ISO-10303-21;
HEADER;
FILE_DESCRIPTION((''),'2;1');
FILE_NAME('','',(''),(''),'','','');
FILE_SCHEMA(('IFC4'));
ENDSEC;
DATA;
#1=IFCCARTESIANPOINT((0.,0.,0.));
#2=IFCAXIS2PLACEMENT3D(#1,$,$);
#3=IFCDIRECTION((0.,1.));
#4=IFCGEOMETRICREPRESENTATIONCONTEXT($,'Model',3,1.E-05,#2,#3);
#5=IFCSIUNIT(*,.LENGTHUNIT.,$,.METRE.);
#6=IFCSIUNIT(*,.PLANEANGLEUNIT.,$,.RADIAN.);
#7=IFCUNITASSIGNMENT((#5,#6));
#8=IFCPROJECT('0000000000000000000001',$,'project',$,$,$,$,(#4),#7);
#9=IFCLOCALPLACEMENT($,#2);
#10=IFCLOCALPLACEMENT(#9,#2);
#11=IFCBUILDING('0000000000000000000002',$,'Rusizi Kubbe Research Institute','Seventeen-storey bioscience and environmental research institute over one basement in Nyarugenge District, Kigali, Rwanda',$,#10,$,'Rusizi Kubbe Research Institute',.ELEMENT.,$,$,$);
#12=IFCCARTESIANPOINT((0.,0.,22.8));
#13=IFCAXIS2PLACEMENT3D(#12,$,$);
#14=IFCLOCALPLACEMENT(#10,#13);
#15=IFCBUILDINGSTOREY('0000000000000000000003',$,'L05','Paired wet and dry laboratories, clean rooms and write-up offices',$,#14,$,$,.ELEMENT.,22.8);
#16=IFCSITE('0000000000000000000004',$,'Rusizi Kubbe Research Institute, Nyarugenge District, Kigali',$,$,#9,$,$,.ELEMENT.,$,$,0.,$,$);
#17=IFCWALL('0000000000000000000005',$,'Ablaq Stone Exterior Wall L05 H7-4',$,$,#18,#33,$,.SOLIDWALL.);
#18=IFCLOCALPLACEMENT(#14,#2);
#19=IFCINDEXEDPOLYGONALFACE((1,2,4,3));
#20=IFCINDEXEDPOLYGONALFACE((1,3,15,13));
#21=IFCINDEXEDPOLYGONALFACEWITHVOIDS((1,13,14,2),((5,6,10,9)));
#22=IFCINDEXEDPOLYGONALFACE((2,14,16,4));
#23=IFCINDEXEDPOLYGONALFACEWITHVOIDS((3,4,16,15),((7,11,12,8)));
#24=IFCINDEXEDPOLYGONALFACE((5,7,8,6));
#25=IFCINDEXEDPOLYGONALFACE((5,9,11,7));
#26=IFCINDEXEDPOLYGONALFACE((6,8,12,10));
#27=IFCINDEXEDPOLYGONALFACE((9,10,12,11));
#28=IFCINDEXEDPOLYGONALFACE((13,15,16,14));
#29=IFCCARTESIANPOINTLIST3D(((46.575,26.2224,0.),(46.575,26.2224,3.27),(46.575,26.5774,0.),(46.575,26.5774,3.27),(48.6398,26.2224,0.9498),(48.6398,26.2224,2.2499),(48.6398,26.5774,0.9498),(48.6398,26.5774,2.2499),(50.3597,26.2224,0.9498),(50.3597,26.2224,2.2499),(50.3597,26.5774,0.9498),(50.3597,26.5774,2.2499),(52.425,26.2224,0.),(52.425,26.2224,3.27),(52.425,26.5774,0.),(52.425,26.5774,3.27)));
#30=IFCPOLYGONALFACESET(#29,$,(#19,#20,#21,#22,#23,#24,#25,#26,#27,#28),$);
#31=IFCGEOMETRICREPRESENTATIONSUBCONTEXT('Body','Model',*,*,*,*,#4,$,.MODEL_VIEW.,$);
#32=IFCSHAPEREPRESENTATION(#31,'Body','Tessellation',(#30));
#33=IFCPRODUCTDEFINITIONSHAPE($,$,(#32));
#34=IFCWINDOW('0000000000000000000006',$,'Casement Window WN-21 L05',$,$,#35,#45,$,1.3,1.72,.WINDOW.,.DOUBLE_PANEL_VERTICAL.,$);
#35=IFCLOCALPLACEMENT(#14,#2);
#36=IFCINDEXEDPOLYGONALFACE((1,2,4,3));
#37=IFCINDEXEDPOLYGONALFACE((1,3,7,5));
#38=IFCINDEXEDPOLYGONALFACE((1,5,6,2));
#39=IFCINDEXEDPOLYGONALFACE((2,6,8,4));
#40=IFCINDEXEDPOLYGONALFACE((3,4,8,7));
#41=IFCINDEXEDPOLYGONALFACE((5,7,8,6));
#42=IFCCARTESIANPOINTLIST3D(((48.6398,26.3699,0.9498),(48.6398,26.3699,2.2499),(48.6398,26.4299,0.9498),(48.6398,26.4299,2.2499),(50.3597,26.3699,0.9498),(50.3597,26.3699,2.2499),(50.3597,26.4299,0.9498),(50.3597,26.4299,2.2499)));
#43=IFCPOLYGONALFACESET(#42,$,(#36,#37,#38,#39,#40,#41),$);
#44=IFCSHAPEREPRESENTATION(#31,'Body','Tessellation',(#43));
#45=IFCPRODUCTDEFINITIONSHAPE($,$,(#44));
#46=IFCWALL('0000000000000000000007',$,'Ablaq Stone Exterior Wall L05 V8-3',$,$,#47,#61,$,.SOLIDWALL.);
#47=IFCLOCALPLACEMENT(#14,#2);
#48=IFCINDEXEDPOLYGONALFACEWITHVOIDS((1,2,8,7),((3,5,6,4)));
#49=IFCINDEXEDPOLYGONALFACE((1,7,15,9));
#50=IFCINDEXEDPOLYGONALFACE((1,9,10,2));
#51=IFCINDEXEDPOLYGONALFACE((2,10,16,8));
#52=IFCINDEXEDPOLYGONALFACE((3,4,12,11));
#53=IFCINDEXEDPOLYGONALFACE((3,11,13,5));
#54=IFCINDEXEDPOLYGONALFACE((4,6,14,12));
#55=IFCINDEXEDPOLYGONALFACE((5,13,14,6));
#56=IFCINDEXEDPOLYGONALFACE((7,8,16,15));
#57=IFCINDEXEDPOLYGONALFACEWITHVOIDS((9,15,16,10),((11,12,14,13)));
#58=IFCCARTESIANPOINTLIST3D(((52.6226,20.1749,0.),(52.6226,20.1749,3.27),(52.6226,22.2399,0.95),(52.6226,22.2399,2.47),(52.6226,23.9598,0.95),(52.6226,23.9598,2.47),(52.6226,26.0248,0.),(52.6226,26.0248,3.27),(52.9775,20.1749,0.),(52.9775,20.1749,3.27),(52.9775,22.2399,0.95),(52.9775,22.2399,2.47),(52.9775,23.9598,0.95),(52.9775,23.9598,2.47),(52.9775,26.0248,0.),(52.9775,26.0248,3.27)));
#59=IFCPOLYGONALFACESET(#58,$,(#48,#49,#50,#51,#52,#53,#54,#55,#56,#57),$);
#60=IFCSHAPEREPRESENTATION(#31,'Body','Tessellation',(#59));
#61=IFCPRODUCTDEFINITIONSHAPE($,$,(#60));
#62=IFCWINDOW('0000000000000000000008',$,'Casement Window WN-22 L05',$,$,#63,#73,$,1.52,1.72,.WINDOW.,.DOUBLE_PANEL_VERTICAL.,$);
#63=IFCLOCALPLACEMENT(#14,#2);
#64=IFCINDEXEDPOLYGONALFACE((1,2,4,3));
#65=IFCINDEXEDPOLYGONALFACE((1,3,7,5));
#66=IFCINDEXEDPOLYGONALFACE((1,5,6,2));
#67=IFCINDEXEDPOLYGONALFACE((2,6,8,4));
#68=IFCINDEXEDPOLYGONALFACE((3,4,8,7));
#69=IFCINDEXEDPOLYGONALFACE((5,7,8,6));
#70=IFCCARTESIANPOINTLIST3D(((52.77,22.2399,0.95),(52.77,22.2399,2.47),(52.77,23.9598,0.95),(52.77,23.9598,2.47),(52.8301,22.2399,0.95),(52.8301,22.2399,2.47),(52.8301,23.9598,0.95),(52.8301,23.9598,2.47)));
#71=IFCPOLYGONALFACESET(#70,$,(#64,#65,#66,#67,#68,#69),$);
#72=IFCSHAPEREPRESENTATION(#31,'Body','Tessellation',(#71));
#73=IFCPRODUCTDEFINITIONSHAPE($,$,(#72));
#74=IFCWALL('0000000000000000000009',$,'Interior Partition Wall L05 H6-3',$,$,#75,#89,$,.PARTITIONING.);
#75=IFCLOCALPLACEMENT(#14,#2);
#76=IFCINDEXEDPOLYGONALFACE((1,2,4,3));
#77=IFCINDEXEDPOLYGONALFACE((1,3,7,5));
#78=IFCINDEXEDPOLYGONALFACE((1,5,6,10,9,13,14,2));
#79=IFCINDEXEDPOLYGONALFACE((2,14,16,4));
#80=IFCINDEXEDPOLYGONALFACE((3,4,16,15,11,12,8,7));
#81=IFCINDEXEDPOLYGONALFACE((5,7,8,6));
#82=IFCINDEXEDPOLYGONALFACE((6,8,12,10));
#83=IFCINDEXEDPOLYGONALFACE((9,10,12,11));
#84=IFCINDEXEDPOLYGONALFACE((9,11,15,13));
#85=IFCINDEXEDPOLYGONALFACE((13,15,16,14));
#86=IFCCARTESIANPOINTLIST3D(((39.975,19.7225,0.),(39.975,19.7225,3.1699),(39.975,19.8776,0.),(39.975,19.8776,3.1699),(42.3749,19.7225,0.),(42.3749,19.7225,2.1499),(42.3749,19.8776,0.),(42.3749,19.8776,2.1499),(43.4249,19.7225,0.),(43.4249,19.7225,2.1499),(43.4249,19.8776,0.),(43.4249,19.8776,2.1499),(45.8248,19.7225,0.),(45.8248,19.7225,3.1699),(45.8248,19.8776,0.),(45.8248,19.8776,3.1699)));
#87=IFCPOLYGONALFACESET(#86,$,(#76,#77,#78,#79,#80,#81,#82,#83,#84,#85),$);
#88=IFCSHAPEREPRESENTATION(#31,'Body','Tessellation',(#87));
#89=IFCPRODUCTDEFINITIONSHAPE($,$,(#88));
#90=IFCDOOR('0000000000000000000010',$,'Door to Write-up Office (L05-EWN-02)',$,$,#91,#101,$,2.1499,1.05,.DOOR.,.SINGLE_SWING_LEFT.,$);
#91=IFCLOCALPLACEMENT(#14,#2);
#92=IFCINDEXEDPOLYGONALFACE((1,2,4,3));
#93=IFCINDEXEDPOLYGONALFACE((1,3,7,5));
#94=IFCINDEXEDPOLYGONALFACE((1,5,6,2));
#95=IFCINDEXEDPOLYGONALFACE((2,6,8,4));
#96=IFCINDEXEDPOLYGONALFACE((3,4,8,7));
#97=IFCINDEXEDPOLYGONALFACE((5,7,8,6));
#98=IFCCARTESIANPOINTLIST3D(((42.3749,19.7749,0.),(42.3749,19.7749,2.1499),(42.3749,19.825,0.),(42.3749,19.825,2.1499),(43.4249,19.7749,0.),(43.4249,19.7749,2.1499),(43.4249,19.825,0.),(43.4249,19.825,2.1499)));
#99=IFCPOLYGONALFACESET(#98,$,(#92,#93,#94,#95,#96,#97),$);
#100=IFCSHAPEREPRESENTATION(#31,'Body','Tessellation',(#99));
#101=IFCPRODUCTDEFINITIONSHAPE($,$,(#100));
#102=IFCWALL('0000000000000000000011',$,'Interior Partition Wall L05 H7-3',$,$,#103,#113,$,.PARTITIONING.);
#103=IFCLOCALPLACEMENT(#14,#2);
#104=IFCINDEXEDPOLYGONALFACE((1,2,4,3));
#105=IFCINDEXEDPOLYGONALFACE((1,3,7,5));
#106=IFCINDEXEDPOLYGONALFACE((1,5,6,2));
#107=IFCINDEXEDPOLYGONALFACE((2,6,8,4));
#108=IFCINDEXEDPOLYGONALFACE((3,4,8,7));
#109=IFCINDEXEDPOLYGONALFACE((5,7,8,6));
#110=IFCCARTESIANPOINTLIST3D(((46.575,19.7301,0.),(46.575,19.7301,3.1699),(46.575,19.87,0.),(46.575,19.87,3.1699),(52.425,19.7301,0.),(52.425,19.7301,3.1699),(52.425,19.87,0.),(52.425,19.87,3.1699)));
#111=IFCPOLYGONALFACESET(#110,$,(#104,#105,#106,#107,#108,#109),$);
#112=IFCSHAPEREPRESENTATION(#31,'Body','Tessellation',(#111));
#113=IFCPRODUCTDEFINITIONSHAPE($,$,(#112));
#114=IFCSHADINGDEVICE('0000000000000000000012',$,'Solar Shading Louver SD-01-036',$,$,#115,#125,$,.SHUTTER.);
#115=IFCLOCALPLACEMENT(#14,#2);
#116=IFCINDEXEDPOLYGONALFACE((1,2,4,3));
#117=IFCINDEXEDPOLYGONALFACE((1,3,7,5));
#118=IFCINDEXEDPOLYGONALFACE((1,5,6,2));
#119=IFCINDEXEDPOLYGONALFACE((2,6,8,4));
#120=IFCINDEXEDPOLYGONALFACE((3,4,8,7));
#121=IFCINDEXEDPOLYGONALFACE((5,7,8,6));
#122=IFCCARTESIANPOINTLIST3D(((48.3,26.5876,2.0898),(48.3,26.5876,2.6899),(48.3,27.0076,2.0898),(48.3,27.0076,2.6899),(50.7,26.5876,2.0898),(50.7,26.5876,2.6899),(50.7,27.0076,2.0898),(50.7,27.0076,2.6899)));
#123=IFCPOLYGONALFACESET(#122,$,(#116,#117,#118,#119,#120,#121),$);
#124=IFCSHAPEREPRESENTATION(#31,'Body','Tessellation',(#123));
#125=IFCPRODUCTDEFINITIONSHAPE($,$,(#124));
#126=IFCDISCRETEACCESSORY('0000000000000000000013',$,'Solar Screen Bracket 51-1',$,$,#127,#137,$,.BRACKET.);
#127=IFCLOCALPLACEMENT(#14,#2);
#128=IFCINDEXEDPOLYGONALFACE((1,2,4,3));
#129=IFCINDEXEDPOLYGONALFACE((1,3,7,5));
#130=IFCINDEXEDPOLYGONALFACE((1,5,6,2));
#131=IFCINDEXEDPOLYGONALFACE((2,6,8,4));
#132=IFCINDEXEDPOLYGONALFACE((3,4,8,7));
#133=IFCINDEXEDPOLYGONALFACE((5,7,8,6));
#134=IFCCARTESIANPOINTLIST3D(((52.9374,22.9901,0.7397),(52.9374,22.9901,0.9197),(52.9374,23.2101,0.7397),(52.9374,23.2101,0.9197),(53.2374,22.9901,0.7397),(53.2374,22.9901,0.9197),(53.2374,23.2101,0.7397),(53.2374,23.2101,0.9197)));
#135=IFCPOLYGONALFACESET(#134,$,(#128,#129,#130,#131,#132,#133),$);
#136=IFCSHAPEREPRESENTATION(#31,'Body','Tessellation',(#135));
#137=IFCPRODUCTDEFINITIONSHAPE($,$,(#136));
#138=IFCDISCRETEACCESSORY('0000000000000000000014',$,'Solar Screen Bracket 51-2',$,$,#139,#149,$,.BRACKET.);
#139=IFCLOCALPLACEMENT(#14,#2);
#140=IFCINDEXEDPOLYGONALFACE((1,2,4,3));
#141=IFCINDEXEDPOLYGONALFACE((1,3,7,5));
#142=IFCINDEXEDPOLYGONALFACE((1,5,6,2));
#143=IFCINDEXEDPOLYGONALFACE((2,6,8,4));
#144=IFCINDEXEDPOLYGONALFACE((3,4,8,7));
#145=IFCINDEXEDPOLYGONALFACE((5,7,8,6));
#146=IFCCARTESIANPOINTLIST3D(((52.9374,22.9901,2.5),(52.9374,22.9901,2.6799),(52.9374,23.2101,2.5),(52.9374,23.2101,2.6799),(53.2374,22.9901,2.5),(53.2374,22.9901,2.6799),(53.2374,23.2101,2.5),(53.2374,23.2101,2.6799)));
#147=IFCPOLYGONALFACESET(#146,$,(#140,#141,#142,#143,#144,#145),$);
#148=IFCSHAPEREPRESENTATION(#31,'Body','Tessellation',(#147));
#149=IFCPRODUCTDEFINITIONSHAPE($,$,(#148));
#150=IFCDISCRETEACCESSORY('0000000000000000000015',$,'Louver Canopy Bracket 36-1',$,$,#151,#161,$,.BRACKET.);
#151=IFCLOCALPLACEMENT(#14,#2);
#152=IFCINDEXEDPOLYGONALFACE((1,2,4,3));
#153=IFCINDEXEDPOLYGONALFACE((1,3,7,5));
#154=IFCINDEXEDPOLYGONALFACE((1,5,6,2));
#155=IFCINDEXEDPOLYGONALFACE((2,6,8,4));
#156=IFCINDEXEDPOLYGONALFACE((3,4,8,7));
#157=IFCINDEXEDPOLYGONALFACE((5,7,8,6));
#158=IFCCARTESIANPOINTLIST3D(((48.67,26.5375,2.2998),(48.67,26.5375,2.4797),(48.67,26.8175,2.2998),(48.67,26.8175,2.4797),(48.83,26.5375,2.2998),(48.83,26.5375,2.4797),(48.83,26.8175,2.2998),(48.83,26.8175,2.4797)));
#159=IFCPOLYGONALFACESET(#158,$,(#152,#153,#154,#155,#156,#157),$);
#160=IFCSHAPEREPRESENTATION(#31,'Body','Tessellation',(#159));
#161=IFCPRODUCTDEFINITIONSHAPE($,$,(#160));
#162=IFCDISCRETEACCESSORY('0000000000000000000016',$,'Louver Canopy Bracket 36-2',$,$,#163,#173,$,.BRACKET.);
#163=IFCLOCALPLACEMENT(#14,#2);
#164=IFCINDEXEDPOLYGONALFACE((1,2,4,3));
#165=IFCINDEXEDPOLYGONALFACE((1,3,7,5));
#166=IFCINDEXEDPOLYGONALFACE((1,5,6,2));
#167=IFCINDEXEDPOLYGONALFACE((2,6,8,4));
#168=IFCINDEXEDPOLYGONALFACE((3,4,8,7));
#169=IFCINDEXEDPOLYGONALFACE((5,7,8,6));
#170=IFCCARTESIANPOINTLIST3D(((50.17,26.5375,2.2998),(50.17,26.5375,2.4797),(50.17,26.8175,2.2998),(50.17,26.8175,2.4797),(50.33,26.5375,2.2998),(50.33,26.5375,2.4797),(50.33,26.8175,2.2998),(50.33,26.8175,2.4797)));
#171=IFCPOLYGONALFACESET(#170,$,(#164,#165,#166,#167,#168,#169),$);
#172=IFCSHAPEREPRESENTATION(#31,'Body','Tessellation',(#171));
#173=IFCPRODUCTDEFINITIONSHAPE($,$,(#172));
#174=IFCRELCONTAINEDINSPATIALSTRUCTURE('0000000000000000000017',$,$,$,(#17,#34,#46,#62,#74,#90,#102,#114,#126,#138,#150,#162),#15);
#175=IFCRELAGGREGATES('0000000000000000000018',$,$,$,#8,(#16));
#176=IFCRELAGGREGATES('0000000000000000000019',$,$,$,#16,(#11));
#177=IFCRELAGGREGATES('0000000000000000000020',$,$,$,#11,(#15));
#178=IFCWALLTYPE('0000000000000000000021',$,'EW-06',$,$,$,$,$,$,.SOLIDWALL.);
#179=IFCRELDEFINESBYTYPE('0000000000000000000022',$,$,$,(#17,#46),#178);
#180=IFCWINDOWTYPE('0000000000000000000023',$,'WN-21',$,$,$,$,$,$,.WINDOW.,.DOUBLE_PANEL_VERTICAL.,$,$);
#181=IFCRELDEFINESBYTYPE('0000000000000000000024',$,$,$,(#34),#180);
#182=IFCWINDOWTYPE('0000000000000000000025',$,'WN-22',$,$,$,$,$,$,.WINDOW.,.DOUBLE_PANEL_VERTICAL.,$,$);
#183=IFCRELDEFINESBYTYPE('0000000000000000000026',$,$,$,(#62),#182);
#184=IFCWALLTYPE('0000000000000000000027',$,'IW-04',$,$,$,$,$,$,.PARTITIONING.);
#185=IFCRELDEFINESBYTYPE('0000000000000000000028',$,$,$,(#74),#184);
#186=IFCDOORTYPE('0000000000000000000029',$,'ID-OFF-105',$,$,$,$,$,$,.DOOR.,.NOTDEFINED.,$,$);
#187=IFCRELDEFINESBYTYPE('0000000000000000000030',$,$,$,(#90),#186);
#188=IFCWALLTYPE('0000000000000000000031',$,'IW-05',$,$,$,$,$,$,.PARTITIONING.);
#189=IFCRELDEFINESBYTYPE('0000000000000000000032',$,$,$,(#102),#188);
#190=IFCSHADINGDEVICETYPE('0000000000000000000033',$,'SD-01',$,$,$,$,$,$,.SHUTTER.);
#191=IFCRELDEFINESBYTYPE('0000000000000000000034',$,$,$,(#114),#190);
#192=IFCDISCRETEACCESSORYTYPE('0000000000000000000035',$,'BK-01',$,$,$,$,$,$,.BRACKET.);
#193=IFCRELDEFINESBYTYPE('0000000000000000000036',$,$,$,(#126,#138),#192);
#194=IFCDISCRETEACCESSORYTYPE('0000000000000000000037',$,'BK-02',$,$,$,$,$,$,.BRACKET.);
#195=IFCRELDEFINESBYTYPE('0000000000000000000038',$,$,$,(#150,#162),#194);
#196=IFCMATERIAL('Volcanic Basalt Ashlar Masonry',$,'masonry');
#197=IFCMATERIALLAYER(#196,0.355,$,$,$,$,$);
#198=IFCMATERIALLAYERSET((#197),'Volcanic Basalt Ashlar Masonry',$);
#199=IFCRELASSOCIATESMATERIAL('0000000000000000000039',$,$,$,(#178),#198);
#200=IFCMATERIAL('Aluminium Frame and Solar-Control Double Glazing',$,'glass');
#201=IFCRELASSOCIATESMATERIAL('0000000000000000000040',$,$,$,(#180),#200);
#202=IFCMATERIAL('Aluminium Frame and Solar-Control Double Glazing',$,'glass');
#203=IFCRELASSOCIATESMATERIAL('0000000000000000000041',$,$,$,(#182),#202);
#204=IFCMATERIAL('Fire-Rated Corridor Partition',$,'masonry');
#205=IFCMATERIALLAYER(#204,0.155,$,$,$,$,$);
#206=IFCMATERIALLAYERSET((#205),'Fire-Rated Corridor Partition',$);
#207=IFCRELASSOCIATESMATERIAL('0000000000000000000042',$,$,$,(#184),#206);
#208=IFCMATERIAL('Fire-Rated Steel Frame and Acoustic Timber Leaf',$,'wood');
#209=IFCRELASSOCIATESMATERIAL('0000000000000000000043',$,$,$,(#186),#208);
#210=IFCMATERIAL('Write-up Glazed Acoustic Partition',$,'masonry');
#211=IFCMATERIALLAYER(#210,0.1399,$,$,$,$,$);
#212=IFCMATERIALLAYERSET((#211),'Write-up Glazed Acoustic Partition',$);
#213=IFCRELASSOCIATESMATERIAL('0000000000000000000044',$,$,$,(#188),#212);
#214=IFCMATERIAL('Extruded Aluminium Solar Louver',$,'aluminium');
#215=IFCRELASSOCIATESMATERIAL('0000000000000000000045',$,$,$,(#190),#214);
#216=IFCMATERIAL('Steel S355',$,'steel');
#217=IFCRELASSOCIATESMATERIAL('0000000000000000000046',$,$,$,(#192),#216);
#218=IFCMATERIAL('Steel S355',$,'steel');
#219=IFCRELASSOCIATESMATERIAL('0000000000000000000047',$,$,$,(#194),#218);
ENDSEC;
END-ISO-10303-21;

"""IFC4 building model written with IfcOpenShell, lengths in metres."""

from ifc_helpers import new_model, si_unit, direction, frame, frame_2d, origin, origin_2d, place, context, subcontext, project, spatial, rectangle, extrude, material, layer, layer_set, type_object, element, fill, save


model = new_model("IFC4")

# Units and contexts
model_context = context("Model", 3, precision=1e-05, world=origin(), true_north=direction((0.0, 1.0)))
body_context = subcontext(model_context, "Body", "Model", "MODEL_VIEW")
ifc_project = project(units=[si_unit("LENGTHUNIT", "METRE"), si_unit("PLANEANGLEUNIT", "RADIAN")], contexts=[model_context])

# Site, building, storey
site_placement = place(None, origin())
site = spatial("IfcSite", under=ifc_project, at=site_placement, Name="Rusizi Kubbe Research Institute, Nyarugenge District, Kigali", CompositionType="ELEMENT", RefElevation=0.0)
building_placement = place(site_placement, origin())
building = spatial("IfcBuilding", under=site, at=building_placement, Name="Rusizi Kubbe Research Institute", Description="Seventeen-storey bioscience and environmental research institute over one basement in Nyarugenge District, Kigali, Rwanda", LongName="Rusizi Kubbe Research Institute", CompositionType="ELEMENT")
storey_placement = place(building_placement, frame((0.0, 0.0, 22.8)))
storey = spatial("IfcBuildingStorey", under=building, at=storey_placement, Name="L05", Description="Paired wet and dry laboratories, clean rooms and write-up offices", CompositionType="ELEMENT", Elevation=22.8)

# Walls, openings, windows
ifc_material_1 = material(Name="Volcanic Basalt Ashlar Masonry", Category="masonry")
ifc_layer_1 = layer(ifc_material_1, 0.355)
ifc_layer_set_1 = layer_set([ifc_layer_1], Name="Volcanic Basalt Ashlar Masonry")
wall_type_1 = type_object("IfcWallType", Name="EW-06", PredefinedType="SOLIDWALL", material=ifc_layer_set_1)
wall_1_placement = place(storey_placement, frame((46.575, 26.3999, 0.0), z_axis=(0.0, 0.0, 1.0), x_axis=(1.0, 0.0, 0.0)))
wall_1 = element("IfcWall", 1, at=wall_1_placement, inside=storey, type_object=wall_type_1, Name="Ablaq Stone Exterior Wall L05 H7-4", PredefinedType="SOLIDWALL", context=body_context, shape_type="SweptSolid", body=[
    extrude(rectangle(XDim=5.8501, YDim=0.355, at=frame_2d((2.925, 0.0))), origin(), (0.0, 0.0, 1.0), 3.27),
])
opening_1_placement = place(wall_1_placement, frame((2.0649, 0.0, 0.95)))
opening_1 = element("IfcOpeningElement", 2, at=opening_1_placement, cuts=wall_1, PredefinedType="OPENING", context=body_context, shape_type="SweptSolid", body=[
    extrude(rectangle(XDim=1.72, YDim=1.3, at=frame_2d((0.8599, 0.6499))), frame((0.0, 0.1875, 0.0), z_axis=(0.0, -1.0, 0.0), x_axis=(1.0, 0.0, 0.0)), (0.0, 0.0, 1.0), 0.375),
])
ifc_material_2 = material(Name="Aluminium Frame and Solar-Control Double Glazing", Category="glass")
window_type_1 = type_object("IfcWindowType", Name="WN-21", PartitioningType="DOUBLE_PANEL_VERTICAL", PredefinedType="WINDOW", material=ifc_material_2)
window_1_placement = place(opening_1_placement, origin())
window_1 = element("IfcWindow", 3, at=window_1_placement, inside=storey, type_object=window_type_1, Name="Casement Window WN-21 L05", OverallHeight=1.3, OverallWidth=1.72, PartitioningType="DOUBLE_PANEL_VERTICAL", PredefinedType="WINDOW", context=body_context, shape_type="SweptSolid", body=[
    extrude(rectangle(XDim=1.72, YDim=1.3, at=frame_2d((0.8599, 0.6499))), frame((0.0, 0.03, 0.0), z_axis=(0.0, -1.0, 0.0), x_axis=(1.0, 0.0, 0.0)), (0.0, 0.0, 1.0), 0.0601),
])
fill(opening_1, window_1)
wall_2_placement = place(storey_placement, frame((52.8, 20.175, 0.0), z_axis=(0.0, 0.0, 1.0), x_axis=(0.0, 1.0, 0.0)))
wall_2 = element("IfcWall", 4, at=wall_2_placement, inside=storey, type_object=wall_type_1, Name="Ablaq Stone Exterior Wall L05 V8-3", PredefinedType="SOLIDWALL", context=body_context, shape_type="SweptSolid", body=[
    extrude(rectangle(XDim=5.8499, YDim=0.355, at=frame_2d((2.9248, 0.0))), origin(), (0.0, 0.0, 1.0), 3.27),
])
opening_2_placement = place(wall_2_placement, frame((2.0649, 0.0, 0.95)))
opening_2 = element("IfcOpeningElement", 5, at=opening_2_placement, cuts=wall_2, PredefinedType="OPENING", context=body_context, shape_type="SweptSolid", body=[
    extrude(rectangle(XDim=1.72, YDim=1.52, at=frame_2d((0.8599, 0.76))), frame((0.0, 0.1875, 0.0), z_axis=(0.0, -1.0, 0.0), x_axis=(1.0, 0.0, 0.0)), (0.0, 0.0, 1.0), 0.375),
])
ifc_material_3 = material(Name="Aluminium Frame and Solar-Control Double Glazing", Category="glass")
window_type_2 = type_object("IfcWindowType", Name="WN-22", PartitioningType="DOUBLE_PANEL_VERTICAL", PredefinedType="WINDOW", material=ifc_material_3)
window_2_placement = place(opening_2_placement, origin())
window_2 = element("IfcWindow", 6, at=window_2_placement, inside=storey, type_object=window_type_2, Name="Casement Window WN-22 L05", OverallHeight=1.52, OverallWidth=1.72, PartitioningType="DOUBLE_PANEL_VERTICAL", PredefinedType="WINDOW", context=body_context, shape_type="SweptSolid", body=[
    extrude(rectangle(XDim=1.72, YDim=1.52, at=frame_2d((0.8599, 0.76))), frame((0.0, 0.03, 0.0), z_axis=(0.0, -1.0, 0.0), x_axis=(1.0, 0.0, 0.0)), (0.0, 0.0, 1.0), 0.0601),
])
fill(opening_2, window_2)

# Wall, opening, door
ifc_material_4 = material(Name="Fire-Rated Corridor Partition", Category="masonry")
ifc_layer_2 = layer(ifc_material_4, 0.155)
ifc_layer_set_2 = layer_set([ifc_layer_2], Name="Fire-Rated Corridor Partition")
wall_type_2 = type_object("IfcWallType", Name="IW-04", PredefinedType="PARTITIONING", material=ifc_layer_set_2)
wall_3_placement = place(storey_placement, frame((39.9751, 19.8, 0.0), z_axis=(0.0, 0.0, 1.0), x_axis=(1.0, 0.0, 0.0)))
wall_3 = element("IfcWall", 7, at=wall_3_placement, inside=storey, type_object=wall_type_2, Name="Interior Partition Wall L05 H6-3", PredefinedType="PARTITIONING", context=body_context, shape_type="SweptSolid", body=[
    extrude(rectangle(XDim=5.8499, YDim=0.155, at=frame_2d((2.9248, 0.0))), origin(), (0.0, 0.0, 1.0), 3.1699),
])
opening_3_placement = place(wall_3_placement, frame((2.3999, 0.0, 0.0)))
opening_3 = element("IfcOpeningElement", 8, at=opening_3_placement, cuts=wall_3, PredefinedType="OPENING", context=body_context, shape_type="SweptSolid", body=[
    extrude(rectangle(XDim=1.05, YDim=2.1499, at=frame_2d((0.5249, 1.075))), frame((0.0, 0.0874, 0.0), z_axis=(0.0, -1.0, 0.0), x_axis=(1.0, 0.0, 0.0)), (0.0, 0.0, 1.0), 0.175),
])
ifc_material_5 = material(Name="Fire-Rated Steel Frame and Acoustic Timber Leaf", Category="wood")
door_type = type_object("IfcDoorType", Name="ID-OFF-105", OperationType="NOTDEFINED", PredefinedType="DOOR", material=ifc_material_5)
door_placement = place(opening_3_placement, origin())
door = element("IfcDoor", 9, at=door_placement, inside=storey, type_object=door_type, Name="Door to Write-up Office (L05-EWN-02)", OperationType="SINGLE_SWING_LEFT", OverallHeight=2.1499, OverallWidth=1.05, PredefinedType="DOOR", context=body_context, shape_type="SweptSolid", body=[
    extrude(rectangle(XDim=1.05, YDim=2.1499, at=frame_2d((0.5249, 1.075))), frame((0.0, 0.0249, 0.0), z_axis=(0.0, -1.0, 0.0), x_axis=(1.0, 0.0, 0.0)), (0.0, 0.0, 1.0), 0.05),
])
fill(opening_3, door)

# Wall
ifc_material_6 = material(Name="Write-up Glazed Acoustic Partition", Category="masonry")
ifc_layer_3 = layer(ifc_material_6, 0.1399)
ifc_layer_set_3 = layer_set([ifc_layer_3], Name="Write-up Glazed Acoustic Partition")
wall_type_3 = type_object("IfcWallType", Name="IW-05", PredefinedType="PARTITIONING", material=ifc_layer_set_3)
wall_4_placement = place(storey_placement, frame((46.575, 19.8, 0.0), z_axis=(0.0, 0.0, 1.0), x_axis=(1.0, 0.0, 0.0)))
element("IfcWall", 10, at=wall_4_placement, inside=storey, type_object=wall_type_3, Name="Interior Partition Wall L05 H7-3", PredefinedType="PARTITIONING", context=body_context, shape_type="SweptSolid", body=[
    extrude(rectangle(XDim=5.8501, YDim=0.1399, at=frame_2d((2.925, 0.0))), origin(), (0.0, 0.0, 1.0), 3.1699),
])

# Shading device
ifc_material_7 = material(Name="Extruded Aluminium Solar Louver", Category="aluminium")
shading_device_type = type_object("IfcShadingDeviceType", Name="SD-01", PredefinedType="SHUTTER", material=ifc_material_7)
shading_device_placement = place(storey_placement, frame((49.5, 26.7976, 2.0898), z_axis=(0.0, 0.0, 1.0), x_axis=(1.0, 0.0, 0.0)))
element("IfcShadingDevice", 11, at=shading_device_placement, inside=storey, type_object=shading_device_type, Name="Solar Shading Louver SD-01-036", PredefinedType="SHUTTER", context=body_context, shape_type="SweptSolid", body=[
    extrude(rectangle(XDim=2.3999, YDim=0.4199, at=origin_2d()), origin(), (0.0, 0.0, 1.0), 0.6001),
])

# Discrete accessories
ifc_material_8 = material(Name="Steel S355", Category="steel")
discrete_accessory_type_1 = type_object("IfcDiscreteAccessoryType", Name="BK-01", PredefinedType="BRACKET", material=ifc_material_8)
for number, where, z_axis, x_axis, name in (
    (12, (53.0874, 23.1001, 0.7397), (0.0, 0.0, 1.0), (1.0, 0.0, 0.0), "Solar Screen Bracket 51-1"),
    (13, (53.0874, 23.1001, 2.5), (0.0, 0.0, 1.0), (1.0, 0.0, 0.0), "Solar Screen Bracket 51-2"),
):
    element("IfcDiscreteAccessory", number, at=place(storey_placement, frame(where, z_axis=z_axis, x_axis=x_axis)), inside=storey, type_object=discrete_accessory_type_1, Name=name, PredefinedType="BRACKET", context=body_context, shape_type="SweptSolid", body=[
        extrude(rectangle(XDim=0.3, YDim=0.22, at=origin_2d()), origin(), (0.0, 0.0, 1.0), 0.1799),
    ])
ifc_material_9 = material(Name="Steel S355", Category="steel")
discrete_accessory_type_2 = type_object("IfcDiscreteAccessoryType", Name="BK-02", PredefinedType="BRACKET", material=ifc_material_9)
for number, where, z_axis, x_axis, name in (
    (14, (48.75, 26.6775, 2.2998), (0.0, 0.0, 1.0), (1.0, 0.0, 0.0), "Louver Canopy Bracket 36-1"),
    (15, (50.25, 26.6775, 2.2998), (0.0, 0.0, 1.0), (1.0, 0.0, 0.0), "Louver Canopy Bracket 36-2"),
):
    element("IfcDiscreteAccessory", number, at=place(storey_placement, frame(where, z_axis=z_axis, x_axis=x_axis)), inside=storey, type_object=discrete_accessory_type_2, Name=name, PredefinedType="BRACKET", context=body_context, shape_type="SweptSolid", body=[
        extrude(rectangle(XDim=0.1599, YDim=0.28, at=origin_2d()), origin(), (0.0, 0.0, 1.0), 0.1799),
    ])

save(model, "model.ifc")
